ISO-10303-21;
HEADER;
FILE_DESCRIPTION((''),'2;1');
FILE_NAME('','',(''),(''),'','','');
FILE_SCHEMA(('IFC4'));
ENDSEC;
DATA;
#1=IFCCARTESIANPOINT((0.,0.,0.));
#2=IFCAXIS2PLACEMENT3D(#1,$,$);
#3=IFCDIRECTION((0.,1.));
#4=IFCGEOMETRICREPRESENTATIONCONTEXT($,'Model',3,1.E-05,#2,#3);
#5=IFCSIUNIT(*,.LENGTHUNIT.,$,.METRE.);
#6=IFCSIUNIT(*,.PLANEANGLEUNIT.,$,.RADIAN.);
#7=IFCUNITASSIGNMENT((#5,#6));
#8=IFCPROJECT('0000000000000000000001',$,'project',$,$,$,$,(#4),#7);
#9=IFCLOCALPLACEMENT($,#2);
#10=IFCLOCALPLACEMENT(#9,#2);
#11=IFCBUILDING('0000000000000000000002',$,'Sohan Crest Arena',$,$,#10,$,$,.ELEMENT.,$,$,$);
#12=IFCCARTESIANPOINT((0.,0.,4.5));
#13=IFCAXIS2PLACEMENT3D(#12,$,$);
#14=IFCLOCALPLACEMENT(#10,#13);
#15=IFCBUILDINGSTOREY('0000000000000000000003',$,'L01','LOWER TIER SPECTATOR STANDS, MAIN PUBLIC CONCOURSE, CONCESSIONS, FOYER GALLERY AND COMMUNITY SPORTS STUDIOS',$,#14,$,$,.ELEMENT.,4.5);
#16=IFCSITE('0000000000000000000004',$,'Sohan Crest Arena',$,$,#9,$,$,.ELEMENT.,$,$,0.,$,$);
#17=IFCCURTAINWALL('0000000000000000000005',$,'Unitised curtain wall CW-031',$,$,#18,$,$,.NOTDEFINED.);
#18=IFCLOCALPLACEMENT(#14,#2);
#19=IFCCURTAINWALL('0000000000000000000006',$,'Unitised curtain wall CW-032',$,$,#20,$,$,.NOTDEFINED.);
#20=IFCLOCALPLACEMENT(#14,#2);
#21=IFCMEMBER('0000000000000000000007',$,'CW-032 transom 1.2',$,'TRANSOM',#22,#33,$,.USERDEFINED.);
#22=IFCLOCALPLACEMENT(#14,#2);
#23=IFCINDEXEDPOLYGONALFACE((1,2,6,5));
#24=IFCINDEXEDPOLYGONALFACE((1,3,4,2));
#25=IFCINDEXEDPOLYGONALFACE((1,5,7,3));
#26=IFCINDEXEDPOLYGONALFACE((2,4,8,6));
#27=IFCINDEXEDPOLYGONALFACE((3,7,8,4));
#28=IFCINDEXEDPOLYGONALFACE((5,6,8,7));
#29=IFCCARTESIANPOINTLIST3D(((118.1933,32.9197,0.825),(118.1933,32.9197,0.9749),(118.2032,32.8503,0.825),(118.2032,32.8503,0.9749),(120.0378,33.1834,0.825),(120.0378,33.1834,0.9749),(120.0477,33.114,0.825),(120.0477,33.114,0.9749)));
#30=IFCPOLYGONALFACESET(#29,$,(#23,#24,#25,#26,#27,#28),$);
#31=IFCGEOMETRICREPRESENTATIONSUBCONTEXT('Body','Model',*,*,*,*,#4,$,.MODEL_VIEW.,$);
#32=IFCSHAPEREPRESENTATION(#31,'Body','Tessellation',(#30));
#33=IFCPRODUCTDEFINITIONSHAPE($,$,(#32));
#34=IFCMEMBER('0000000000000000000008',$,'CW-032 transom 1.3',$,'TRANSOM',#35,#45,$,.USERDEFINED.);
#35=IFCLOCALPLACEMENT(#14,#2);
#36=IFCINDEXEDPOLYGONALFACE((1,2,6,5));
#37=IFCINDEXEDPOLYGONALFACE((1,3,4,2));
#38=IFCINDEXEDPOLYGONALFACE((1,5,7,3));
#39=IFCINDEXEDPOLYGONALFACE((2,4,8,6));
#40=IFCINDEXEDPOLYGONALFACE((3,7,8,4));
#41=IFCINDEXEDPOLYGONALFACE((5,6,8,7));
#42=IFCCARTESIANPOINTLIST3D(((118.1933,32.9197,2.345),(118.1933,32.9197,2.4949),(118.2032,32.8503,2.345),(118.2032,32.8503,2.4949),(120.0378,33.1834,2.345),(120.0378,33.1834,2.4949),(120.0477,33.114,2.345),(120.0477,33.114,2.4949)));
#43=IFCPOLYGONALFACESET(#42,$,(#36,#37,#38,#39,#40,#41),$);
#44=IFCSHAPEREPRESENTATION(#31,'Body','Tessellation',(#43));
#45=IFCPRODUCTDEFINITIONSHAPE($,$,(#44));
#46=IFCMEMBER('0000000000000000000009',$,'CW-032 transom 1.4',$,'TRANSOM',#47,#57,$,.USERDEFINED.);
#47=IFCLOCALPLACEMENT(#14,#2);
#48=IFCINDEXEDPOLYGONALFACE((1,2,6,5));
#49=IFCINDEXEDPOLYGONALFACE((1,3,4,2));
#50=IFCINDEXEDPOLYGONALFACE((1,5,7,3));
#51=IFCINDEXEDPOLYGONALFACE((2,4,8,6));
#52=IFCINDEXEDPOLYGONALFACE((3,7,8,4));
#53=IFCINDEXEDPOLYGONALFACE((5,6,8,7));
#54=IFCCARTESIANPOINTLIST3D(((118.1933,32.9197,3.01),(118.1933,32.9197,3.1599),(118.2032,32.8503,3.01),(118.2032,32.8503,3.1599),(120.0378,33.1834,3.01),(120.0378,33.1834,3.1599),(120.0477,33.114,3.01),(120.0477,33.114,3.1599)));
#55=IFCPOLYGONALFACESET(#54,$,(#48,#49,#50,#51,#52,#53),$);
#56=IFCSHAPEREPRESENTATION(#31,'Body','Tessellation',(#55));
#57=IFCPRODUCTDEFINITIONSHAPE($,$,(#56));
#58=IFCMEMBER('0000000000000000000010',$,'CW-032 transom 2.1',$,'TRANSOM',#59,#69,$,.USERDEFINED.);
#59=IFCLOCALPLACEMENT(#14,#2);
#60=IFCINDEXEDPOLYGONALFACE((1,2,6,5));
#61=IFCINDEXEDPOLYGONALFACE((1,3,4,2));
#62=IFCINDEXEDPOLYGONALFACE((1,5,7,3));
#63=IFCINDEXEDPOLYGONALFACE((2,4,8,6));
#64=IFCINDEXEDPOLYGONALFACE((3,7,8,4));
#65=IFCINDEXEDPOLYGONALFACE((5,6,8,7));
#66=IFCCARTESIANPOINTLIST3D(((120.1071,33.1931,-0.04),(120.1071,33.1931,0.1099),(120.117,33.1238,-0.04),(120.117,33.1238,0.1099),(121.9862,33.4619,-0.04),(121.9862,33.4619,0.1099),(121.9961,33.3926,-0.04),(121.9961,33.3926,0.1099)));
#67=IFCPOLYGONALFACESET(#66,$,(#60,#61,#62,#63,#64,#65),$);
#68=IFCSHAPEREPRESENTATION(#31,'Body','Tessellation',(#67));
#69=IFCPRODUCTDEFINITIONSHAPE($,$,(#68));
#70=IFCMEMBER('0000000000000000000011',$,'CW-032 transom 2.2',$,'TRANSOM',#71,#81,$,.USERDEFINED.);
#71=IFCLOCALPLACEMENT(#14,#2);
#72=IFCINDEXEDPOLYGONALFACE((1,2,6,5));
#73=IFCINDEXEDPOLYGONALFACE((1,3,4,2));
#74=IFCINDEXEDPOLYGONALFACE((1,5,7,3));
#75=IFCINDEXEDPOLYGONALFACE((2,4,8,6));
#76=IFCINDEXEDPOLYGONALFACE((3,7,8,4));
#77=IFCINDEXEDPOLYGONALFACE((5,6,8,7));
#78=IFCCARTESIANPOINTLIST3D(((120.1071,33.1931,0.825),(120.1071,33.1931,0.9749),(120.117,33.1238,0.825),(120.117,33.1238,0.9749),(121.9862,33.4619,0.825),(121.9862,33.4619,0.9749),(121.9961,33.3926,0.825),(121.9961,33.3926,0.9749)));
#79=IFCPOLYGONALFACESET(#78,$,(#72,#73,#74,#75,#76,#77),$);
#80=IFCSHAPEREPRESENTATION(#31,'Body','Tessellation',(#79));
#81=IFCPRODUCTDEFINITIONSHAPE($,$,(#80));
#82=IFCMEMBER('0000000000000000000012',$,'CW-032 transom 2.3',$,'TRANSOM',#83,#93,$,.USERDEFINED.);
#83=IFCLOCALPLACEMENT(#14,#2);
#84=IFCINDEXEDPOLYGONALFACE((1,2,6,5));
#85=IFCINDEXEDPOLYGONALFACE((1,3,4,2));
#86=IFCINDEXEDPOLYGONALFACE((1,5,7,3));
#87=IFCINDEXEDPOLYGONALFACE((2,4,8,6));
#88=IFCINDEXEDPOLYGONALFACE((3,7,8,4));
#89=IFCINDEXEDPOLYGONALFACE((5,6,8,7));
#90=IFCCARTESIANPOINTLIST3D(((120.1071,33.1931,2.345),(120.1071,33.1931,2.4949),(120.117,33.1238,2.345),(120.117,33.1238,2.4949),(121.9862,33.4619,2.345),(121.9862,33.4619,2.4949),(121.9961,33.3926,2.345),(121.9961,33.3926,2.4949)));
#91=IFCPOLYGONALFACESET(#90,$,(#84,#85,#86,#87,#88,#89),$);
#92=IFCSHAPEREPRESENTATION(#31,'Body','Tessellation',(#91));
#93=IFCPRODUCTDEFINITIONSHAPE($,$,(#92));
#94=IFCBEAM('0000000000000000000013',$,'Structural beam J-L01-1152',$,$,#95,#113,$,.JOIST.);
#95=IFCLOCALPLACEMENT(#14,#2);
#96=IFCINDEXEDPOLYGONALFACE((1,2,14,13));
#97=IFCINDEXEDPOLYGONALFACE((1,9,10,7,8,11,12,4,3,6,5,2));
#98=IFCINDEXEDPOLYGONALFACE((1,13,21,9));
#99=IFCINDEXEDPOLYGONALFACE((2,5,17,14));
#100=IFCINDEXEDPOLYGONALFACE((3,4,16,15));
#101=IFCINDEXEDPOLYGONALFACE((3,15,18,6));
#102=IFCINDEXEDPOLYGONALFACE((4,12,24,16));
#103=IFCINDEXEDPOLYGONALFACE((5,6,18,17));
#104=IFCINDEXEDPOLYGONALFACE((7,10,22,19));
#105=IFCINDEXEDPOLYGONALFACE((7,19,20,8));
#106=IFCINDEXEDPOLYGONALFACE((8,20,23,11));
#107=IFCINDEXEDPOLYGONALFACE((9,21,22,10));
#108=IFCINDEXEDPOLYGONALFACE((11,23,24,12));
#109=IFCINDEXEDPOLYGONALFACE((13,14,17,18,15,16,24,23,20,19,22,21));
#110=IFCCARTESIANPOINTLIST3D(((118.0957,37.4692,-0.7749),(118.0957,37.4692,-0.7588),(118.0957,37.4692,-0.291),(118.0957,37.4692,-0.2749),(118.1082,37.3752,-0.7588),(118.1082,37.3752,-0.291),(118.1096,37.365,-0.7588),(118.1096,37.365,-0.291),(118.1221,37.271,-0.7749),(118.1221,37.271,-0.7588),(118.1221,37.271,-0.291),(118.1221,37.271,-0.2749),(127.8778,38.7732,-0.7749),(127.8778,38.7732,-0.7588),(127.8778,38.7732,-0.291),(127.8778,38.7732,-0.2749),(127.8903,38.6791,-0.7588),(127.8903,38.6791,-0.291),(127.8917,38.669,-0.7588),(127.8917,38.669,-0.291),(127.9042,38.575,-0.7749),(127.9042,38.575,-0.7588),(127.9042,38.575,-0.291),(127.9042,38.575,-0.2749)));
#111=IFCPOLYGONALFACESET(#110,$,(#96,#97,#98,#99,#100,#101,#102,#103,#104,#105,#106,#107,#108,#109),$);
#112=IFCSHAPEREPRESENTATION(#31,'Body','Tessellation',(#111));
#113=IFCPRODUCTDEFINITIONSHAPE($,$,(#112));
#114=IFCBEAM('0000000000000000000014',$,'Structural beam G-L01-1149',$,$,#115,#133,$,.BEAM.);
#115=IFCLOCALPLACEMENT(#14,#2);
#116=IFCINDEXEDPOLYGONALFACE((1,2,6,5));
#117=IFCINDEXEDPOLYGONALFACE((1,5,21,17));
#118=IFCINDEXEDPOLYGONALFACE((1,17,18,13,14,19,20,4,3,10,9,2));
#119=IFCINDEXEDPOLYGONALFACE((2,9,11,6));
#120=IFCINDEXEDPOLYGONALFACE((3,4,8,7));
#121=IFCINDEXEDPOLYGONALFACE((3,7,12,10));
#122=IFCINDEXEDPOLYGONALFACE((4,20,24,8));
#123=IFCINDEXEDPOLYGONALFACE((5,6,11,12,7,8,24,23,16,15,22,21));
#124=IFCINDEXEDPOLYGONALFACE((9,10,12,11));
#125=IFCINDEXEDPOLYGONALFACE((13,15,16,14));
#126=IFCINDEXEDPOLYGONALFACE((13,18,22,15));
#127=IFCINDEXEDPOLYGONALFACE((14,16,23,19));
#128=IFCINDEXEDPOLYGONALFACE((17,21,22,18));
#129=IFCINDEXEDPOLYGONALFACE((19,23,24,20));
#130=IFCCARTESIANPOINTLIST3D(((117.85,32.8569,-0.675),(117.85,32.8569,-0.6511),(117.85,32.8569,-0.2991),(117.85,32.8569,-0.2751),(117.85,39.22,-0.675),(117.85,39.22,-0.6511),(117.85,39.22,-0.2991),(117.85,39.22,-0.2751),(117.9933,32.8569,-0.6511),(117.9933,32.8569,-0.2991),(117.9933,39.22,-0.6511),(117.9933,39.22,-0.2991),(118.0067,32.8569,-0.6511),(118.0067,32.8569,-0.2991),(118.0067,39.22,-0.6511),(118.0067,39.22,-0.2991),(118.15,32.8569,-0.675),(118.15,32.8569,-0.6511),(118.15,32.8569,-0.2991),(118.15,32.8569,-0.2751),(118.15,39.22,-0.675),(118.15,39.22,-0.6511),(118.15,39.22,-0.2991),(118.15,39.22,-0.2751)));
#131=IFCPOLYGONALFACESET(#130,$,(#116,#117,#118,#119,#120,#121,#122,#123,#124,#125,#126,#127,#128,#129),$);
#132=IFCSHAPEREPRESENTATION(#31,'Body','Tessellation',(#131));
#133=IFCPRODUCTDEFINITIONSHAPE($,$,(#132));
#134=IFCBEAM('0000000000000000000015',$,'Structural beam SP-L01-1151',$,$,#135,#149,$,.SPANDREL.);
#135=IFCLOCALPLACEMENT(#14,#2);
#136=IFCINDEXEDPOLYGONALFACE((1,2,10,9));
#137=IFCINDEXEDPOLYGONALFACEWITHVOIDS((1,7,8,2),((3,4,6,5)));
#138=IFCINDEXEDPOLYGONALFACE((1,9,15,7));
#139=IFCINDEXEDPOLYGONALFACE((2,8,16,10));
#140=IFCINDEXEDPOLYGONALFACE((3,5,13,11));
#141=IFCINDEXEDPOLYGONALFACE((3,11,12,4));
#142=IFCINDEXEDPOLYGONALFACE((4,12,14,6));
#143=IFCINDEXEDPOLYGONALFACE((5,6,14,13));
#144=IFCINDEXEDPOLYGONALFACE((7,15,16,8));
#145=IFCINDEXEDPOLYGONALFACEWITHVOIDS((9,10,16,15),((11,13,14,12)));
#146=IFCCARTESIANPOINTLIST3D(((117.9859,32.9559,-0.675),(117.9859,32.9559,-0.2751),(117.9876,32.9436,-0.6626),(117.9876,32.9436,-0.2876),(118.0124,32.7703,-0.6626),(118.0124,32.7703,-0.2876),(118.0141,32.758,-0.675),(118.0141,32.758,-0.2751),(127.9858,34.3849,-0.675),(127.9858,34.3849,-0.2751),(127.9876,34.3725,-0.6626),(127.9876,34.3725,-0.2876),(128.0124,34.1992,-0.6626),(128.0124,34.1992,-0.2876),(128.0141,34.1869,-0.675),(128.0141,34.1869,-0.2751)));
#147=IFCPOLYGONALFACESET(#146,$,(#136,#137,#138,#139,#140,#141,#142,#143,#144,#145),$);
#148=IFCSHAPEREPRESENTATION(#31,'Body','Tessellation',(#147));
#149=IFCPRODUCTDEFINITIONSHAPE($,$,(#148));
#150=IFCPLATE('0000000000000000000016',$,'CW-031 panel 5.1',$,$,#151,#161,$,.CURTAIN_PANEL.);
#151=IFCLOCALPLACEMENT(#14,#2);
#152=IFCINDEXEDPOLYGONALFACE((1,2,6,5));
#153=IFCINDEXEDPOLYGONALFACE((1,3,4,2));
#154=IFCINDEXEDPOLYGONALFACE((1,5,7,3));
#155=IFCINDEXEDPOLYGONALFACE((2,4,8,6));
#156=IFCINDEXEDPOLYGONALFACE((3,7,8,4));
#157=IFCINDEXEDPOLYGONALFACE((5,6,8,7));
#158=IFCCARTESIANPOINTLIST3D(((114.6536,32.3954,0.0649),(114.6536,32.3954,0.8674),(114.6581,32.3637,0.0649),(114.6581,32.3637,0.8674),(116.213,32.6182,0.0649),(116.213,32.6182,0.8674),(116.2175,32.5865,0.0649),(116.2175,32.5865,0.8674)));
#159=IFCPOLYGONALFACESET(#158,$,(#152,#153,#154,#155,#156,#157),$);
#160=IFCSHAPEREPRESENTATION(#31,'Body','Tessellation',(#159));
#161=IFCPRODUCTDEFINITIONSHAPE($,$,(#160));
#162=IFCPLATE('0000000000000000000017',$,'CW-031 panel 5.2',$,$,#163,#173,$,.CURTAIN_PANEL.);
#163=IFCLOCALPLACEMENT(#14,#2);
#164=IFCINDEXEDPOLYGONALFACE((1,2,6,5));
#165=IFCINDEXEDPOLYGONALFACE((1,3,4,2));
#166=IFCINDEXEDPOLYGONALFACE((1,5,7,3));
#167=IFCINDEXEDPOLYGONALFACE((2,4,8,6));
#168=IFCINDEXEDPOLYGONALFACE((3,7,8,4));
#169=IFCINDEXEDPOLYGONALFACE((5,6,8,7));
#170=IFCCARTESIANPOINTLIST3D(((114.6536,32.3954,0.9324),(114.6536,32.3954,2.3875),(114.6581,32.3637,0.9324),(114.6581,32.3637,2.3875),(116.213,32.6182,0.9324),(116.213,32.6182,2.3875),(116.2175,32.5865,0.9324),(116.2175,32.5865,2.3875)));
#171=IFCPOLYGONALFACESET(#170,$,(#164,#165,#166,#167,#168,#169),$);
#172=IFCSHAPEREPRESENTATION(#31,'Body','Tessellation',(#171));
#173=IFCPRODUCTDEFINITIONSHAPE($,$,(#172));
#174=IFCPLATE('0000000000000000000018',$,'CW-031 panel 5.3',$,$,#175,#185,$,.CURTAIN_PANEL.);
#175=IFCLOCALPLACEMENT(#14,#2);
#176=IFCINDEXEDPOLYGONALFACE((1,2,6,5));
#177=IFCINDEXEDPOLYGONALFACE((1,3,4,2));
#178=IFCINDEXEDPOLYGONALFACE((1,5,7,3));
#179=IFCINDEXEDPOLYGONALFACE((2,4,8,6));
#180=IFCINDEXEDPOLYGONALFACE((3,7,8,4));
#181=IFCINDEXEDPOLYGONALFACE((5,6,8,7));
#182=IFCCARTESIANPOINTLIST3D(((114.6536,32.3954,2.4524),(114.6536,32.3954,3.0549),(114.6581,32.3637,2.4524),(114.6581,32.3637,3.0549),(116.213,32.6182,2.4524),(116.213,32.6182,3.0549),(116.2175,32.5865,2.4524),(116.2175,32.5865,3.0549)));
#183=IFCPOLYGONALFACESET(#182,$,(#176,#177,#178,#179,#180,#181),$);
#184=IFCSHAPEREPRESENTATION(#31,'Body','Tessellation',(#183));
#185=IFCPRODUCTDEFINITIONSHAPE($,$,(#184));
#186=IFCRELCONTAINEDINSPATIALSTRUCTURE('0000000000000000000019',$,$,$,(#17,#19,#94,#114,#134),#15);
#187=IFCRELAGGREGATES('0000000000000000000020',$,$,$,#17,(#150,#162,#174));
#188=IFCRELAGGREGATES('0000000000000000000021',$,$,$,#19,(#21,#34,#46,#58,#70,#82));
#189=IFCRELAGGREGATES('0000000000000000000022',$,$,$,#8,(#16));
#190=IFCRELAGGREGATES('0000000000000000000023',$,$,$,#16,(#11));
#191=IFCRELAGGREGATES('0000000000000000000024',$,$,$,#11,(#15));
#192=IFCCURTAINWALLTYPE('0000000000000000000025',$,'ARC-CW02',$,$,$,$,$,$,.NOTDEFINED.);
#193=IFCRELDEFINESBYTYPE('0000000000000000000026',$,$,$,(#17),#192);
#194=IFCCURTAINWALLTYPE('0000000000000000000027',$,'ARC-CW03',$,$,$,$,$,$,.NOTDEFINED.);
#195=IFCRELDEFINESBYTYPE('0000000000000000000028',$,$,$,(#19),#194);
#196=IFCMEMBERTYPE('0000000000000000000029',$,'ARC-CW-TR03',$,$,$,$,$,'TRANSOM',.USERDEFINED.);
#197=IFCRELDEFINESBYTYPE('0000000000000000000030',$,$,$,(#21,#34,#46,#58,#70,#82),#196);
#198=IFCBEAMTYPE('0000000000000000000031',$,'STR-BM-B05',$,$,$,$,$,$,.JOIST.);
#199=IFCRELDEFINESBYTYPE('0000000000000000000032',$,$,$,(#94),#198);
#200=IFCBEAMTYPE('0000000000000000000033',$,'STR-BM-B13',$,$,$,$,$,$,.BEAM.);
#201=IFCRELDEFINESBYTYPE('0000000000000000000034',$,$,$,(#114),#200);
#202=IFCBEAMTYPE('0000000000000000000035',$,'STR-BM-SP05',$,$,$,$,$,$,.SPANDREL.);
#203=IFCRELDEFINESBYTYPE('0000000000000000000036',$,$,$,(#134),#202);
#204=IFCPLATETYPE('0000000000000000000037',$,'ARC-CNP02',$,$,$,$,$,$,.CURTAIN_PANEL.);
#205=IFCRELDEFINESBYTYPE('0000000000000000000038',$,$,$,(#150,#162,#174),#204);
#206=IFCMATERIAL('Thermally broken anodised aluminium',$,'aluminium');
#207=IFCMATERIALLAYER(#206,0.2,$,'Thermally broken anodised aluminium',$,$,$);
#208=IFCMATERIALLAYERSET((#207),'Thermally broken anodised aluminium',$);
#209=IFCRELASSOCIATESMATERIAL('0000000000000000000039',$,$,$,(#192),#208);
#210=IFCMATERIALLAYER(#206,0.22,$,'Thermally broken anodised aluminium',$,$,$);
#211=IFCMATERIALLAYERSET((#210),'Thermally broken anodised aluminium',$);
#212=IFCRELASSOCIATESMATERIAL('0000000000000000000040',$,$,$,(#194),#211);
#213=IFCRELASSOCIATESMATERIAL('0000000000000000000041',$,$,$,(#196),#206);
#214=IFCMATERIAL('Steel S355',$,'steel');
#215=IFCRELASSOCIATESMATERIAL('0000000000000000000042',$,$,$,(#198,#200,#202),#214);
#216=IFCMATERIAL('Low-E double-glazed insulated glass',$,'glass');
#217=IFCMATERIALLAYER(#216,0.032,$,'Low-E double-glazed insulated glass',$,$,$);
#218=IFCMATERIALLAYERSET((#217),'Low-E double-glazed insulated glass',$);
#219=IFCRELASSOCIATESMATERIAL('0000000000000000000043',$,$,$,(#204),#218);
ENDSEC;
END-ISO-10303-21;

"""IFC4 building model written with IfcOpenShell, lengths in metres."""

from ifc_helpers import new_model, si_unit, direction, frame, origin, origin_2d, place, context, subcontext, project, spatial, rectangle, hollow_rectangle, i_section, extrude, material, layer, layer_set, material_profile, profile_set, type_object, element, aggregate, save


model = new_model("IFC4")

# Units and contexts
model_context = context("Model", 3, precision=1e-05, world=origin(), true_north=direction((0.0, 1.0)))
body_context = subcontext(model_context, "Body", "Model", "MODEL_VIEW")
ifc_project = project(units=[si_unit("LENGTHUNIT", "METRE"), si_unit("PLANEANGLEUNIT", "RADIAN")], contexts=[model_context])

# Site, building, storey
site_placement = place(None, origin())
site = spatial("IfcSite", under=ifc_project, at=site_placement, Name="Sohan Crest Arena", CompositionType="ELEMENT", RefElevation=0.0)
building_placement = place(site_placement, origin())
building = spatial("IfcBuilding", under=site, at=building_placement, Name="Sohan Crest Arena", CompositionType="ELEMENT")
storey_placement = place(building_placement, frame((0.0, 0.0, 4.5)))
storey = spatial("IfcBuildingStorey", under=building, at=storey_placement, Name="L01", Description="LOWER TIER SPECTATOR STANDS, MAIN PUBLIC CONCOURSE, CONCESSIONS, FOYER GALLERY AND COMMUNITY SPORTS STUDIOS", CompositionType="ELEMENT", Elevation=4.5)

# Shared definitions
ifc_material_1 = material(Name="Steel S355", Category="steel")

# Curtain walls
ifc_material_2 = material(Name="Thermally broken anodised aluminium", Category="aluminium")
ifc_layer_1 = layer(ifc_material_2, 0.2, Name="Thermally broken anodised aluminium")
ifc_layer_set_1 = layer_set([ifc_layer_1], Name="Thermally broken anodised aluminium")
curtain_wall_type_1 = type_object("IfcCurtainWallType", Name="ARC-CW02", PredefinedType="NOTDEFINED", material=ifc_layer_set_1)
curtain_wall_1_placement = place(storey_placement, origin())
curtain_wall_1 = element("IfcCurtainWall", 1, at=curtain_wall_1_placement, inside=storey, type_object=curtain_wall_type_1, Name="Unitised curtain wall CW-031", PredefinedType="NOTDEFINED")
ifc_layer_2 = layer(ifc_material_2, 0.22, Name="Thermally broken anodised aluminium")
ifc_layer_set_2 = layer_set([ifc_layer_2], Name="Thermally broken anodised aluminium")
curtain_wall_type_2 = type_object("IfcCurtainWallType", Name="ARC-CW03", PredefinedType="NOTDEFINED", material=ifc_layer_set_2)
curtain_wall_2_placement = place(storey_placement, origin())
curtain_wall_2 = element("IfcCurtainWall", 2, at=curtain_wall_2_placement, inside=storey, type_object=curtain_wall_type_2, Name="Unitised curtain wall CW-032", PredefinedType="NOTDEFINED")

# Members
ifc_material_profile_1 = material_profile(ifc_material_2, rectangle(XDim=0.0701, YDim=0.1499, at=origin_2d()), Name="ALU-TRAN 70x150")
ifc_profile_set_1 = profile_set([ifc_material_profile_1], Name="Thermally broken anodised aluminium")
member_type_1 = type_object("IfcMemberType", Name="ARC-CW-TR03", ElementType="TRANSOM", PredefinedType="USERDEFINED", material=ifc_profile_set_1)
member_1_placement = place(storey_placement, frame((118.1982, 32.885, 0.8999), z_axis=(0.989936, 0.141513, 0.0), x_axis=(-0.141513, 0.989936, 0.0)))
member_1 = element("IfcMember", 3, at=member_1_placement, type_object=member_type_1, Name="CW-032 transom 1.2", ObjectType="TRANSOM", PredefinedType="USERDEFINED", context=body_context, shape_type="SweptSolid", body=[
    extrude(rectangle(XDim=0.0701, YDim=0.1499, at=origin_2d()), origin(), (0.0, 0.0, 1.0), 1.8633),
])
member_2_placement = place(storey_placement, frame((118.1982, 32.885, 2.4199), z_axis=(0.989936, 0.141513, 0.0), x_axis=(-0.141513, 0.989936, 0.0)))
member_2 = element("IfcMember", 4, at=member_2_placement, type_object=member_type_1, Name="CW-032 transom 1.3", ObjectType="TRANSOM", PredefinedType="USERDEFINED", context=body_context, shape_type="SweptSolid", body=[
    extrude(rectangle(XDim=0.0701, YDim=0.1499, at=origin_2d()), origin(), (0.0, 0.0, 1.0), 1.8633),
])
member_3_placement = place(storey_placement, frame((118.1982, 32.885, 3.085), z_axis=(0.989936, 0.141513, 0.0), x_axis=(-0.141513, 0.989936, 0.0)))
member_3 = element("IfcMember", 5, at=member_3_placement, type_object=member_type_1, Name="CW-032 transom 1.4", ObjectType="TRANSOM", PredefinedType="USERDEFINED", context=body_context, shape_type="SweptSolid", body=[
    extrude(rectangle(XDim=0.0701, YDim=0.1499, at=origin_2d()), origin(), (0.0, 0.0, 1.0), 1.8633),
])
member_4_placement = place(storey_placement, frame((120.1121, 33.1584, 0.0349), z_axis=(0.989924, 0.141601, 0.0), x_axis=(-0.141601, 0.989924, 0.0)))
member_4 = element("IfcMember", 6, at=member_4_placement, type_object=member_type_1, Name="CW-032 transom 2.1", ObjectType="TRANSOM", PredefinedType="USERDEFINED", context=body_context, shape_type="SweptSolid", body=[
    extrude(rectangle(XDim=0.0701, YDim=0.1499, at=origin_2d()), origin(), (0.0, 0.0, 1.0), 1.8982),
])
member_5_placement = place(storey_placement, frame((120.1121, 33.1584, 0.8999), z_axis=(0.989924, 0.141601, 0.0), x_axis=(-0.141601, 0.989924, 0.0)))
member_5 = element("IfcMember", 7, at=member_5_placement, type_object=member_type_1, Name="CW-032 transom 2.2", ObjectType="TRANSOM", PredefinedType="USERDEFINED", context=body_context, shape_type="SweptSolid", body=[
    extrude(rectangle(XDim=0.0701, YDim=0.1499, at=origin_2d()), origin(), (0.0, 0.0, 1.0), 1.8982),
])
member_6_placement = place(storey_placement, frame((120.1121, 33.1584, 2.4199), z_axis=(0.989924, 0.141601, 0.0), x_axis=(-0.141601, 0.989924, 0.0)))
member_6 = element("IfcMember", 8, at=member_6_placement, type_object=member_type_1, Name="CW-032 transom 2.3", ObjectType="TRANSOM", PredefinedType="USERDEFINED", context=body_context, shape_type="SweptSolid", body=[
    extrude(rectangle(XDim=0.0701, YDim=0.1499, at=origin_2d()), origin(), (0.0, 0.0, 1.0), 1.8982),
])

# Beams
ifc_material_profile_2 = material_profile(ifc_material_1, i_section(OverallWidth=0.2, OverallDepth=0.5, WebThickness=0.0103, FlangeThickness=0.0161, at=origin_2d()), Name="IPE 500")
ifc_profile_set_2 = profile_set([ifc_material_profile_2], Name="Steel S355")
beam_type_1 = type_object("IfcBeamType", Name="STR-BM-B05", PredefinedType="JOIST", material=ifc_profile_set_2)
beam_1_placement = place(storey_placement, frame((118.1089, 37.3701, -0.5249), z_axis=(0.991232, 0.13213, 0.0), x_axis=(-0.13213, 0.991232, 0.0)))
element("IfcBeam", 9, at=beam_1_placement, inside=storey, type_object=beam_type_1, Name="Structural beam J-L01-1152", PredefinedType="JOIST", context=body_context, shape_type="SweptSolid", body=[
    extrude(i_section(OverallWidth=0.2, OverallDepth=0.5, WebThickness=0.0103, FlangeThickness=0.0161, at=origin_2d()), origin(), (0.0, 0.0, 1.0), 9.8687),
])
ifc_material_profile_3 = material_profile(ifc_material_1, i_section(OverallWidth=0.3, OverallDepth=0.3999, WebThickness=0.0134, FlangeThickness=0.0239, at=origin_2d()), Name="HEB 400")
ifc_profile_set_3 = profile_set([ifc_material_profile_3], Name="Steel S355")
beam_type_2 = type_object("IfcBeamType", Name="STR-BM-B13", PredefinedType="BEAM", material=ifc_profile_set_3)
beam_2_placement = place(storey_placement, frame((118.0, 39.22, -0.4751), z_axis=(0.0, -1.0, 0.0), x_axis=(1.0, 0.0, 0.0)))
element("IfcBeam", 10, at=beam_2_placement, inside=storey, type_object=beam_type_2, Name="Structural beam G-L01-1149", PredefinedType="BEAM", context=body_context, shape_type="SweptSolid", body=[
    extrude(i_section(OverallWidth=0.3, OverallDepth=0.3999, WebThickness=0.0134, FlangeThickness=0.0239, at=origin_2d()), origin(), (0.0, 0.0, 1.0), 6.363),
])
ifc_material_profile_4 = material_profile(ifc_material_1, hollow_rectangle(XDim=0.2, YDim=0.3999, WallThickness=0.0125, at=origin_2d()), Name="RHS 400x200x12.5")
ifc_profile_set_4 = profile_set([ifc_material_profile_4], Name="Steel S355")
beam_type_3 = type_object("IfcBeamType", Name="STR-BM-SP05", PredefinedType="SPANDREL", material=ifc_profile_set_4)
beam_3_placement = place(storey_placement, frame((118.0, 32.8569, -0.4751), z_axis=(0.989944, 0.141459, 0.0), x_axis=(-0.141459, 0.989944, 0.0)))
element("IfcBeam", 11, at=beam_3_placement, inside=storey, type_object=beam_type_3, Name="Structural beam SP-L01-1151", PredefinedType="SPANDREL", context=body_context, shape_type="SweptSolid", body=[
    extrude(hollow_rectangle(XDim=0.2, YDim=0.3999, WallThickness=0.0125, at=origin_2d()), origin(), (0.0, 0.0, 1.0), 10.1016),
])

# Plates
ifc_material_3 = material(Name="Low-E double-glazed insulated glass", Category="glass")
ifc_layer_3 = layer(ifc_material_3, 0.032, Name="Low-E double-glazed insulated glass")
ifc_layer_set_3 = layer_set([ifc_layer_3], Name="Low-E double-glazed insulated glass")
plate_type_1 = type_object("IfcPlateType", Name="ARC-CNP02", PredefinedType="CURTAIN_PANEL", material=ifc_layer_set_3)
plate_1_placement = place(storey_placement, frame((115.4355, 32.491, 0.0649), z_axis=(0.0, 0.0, 1.0), x_axis=(0.989945, 0.14145, 0.0)))
plate_1 = element("IfcPlate", 12, at=plate_1_placement, type_object=plate_type_1, Name="CW-031 panel 5.1", PredefinedType="CURTAIN_PANEL", context=body_context, shape_type="SweptSolid", body=[
    extrude(rectangle(XDim=1.5752, YDim=0.032, at=origin_2d()), origin(), (0.0, 0.0, 1.0), 0.8025),
])
plate_2_placement = place(storey_placement, frame((115.4355, 32.491, 0.9324), z_axis=(0.0, 0.0, 1.0), x_axis=(0.989945, 0.14145, 0.0)))
plate_2 = element("IfcPlate", 13, at=plate_2_placement, type_object=plate_type_1, Name="CW-031 panel 5.2", PredefinedType="CURTAIN_PANEL", context=body_context, shape_type="SweptSolid", body=[
    extrude(rectangle(XDim=1.5752, YDim=0.032, at=origin_2d()), origin(), (0.0, 0.0, 1.0), 1.4551),
])
plate_3_placement = place(storey_placement, frame((115.4355, 32.491, 2.4524), z_axis=(0.0, 0.0, 1.0), x_axis=(0.989945, 0.14145, 0.0)))
plate_3 = element("IfcPlate", 14, at=plate_3_placement, type_object=plate_type_1, Name="CW-031 panel 5.3", PredefinedType="CURTAIN_PANEL", context=body_context, shape_type="SweptSolid", body=[
    extrude(rectangle(XDim=1.5752, YDim=0.032, at=origin_2d()), origin(), (0.0, 0.0, 1.0), 0.6025),
])
aggregate(curtain_wall_1, [plate_1, plate_2, plate_3])
aggregate(curtain_wall_2, [member_1, member_2, member_3, member_4, member_5, member_6])

save(model, "model.ifc")
